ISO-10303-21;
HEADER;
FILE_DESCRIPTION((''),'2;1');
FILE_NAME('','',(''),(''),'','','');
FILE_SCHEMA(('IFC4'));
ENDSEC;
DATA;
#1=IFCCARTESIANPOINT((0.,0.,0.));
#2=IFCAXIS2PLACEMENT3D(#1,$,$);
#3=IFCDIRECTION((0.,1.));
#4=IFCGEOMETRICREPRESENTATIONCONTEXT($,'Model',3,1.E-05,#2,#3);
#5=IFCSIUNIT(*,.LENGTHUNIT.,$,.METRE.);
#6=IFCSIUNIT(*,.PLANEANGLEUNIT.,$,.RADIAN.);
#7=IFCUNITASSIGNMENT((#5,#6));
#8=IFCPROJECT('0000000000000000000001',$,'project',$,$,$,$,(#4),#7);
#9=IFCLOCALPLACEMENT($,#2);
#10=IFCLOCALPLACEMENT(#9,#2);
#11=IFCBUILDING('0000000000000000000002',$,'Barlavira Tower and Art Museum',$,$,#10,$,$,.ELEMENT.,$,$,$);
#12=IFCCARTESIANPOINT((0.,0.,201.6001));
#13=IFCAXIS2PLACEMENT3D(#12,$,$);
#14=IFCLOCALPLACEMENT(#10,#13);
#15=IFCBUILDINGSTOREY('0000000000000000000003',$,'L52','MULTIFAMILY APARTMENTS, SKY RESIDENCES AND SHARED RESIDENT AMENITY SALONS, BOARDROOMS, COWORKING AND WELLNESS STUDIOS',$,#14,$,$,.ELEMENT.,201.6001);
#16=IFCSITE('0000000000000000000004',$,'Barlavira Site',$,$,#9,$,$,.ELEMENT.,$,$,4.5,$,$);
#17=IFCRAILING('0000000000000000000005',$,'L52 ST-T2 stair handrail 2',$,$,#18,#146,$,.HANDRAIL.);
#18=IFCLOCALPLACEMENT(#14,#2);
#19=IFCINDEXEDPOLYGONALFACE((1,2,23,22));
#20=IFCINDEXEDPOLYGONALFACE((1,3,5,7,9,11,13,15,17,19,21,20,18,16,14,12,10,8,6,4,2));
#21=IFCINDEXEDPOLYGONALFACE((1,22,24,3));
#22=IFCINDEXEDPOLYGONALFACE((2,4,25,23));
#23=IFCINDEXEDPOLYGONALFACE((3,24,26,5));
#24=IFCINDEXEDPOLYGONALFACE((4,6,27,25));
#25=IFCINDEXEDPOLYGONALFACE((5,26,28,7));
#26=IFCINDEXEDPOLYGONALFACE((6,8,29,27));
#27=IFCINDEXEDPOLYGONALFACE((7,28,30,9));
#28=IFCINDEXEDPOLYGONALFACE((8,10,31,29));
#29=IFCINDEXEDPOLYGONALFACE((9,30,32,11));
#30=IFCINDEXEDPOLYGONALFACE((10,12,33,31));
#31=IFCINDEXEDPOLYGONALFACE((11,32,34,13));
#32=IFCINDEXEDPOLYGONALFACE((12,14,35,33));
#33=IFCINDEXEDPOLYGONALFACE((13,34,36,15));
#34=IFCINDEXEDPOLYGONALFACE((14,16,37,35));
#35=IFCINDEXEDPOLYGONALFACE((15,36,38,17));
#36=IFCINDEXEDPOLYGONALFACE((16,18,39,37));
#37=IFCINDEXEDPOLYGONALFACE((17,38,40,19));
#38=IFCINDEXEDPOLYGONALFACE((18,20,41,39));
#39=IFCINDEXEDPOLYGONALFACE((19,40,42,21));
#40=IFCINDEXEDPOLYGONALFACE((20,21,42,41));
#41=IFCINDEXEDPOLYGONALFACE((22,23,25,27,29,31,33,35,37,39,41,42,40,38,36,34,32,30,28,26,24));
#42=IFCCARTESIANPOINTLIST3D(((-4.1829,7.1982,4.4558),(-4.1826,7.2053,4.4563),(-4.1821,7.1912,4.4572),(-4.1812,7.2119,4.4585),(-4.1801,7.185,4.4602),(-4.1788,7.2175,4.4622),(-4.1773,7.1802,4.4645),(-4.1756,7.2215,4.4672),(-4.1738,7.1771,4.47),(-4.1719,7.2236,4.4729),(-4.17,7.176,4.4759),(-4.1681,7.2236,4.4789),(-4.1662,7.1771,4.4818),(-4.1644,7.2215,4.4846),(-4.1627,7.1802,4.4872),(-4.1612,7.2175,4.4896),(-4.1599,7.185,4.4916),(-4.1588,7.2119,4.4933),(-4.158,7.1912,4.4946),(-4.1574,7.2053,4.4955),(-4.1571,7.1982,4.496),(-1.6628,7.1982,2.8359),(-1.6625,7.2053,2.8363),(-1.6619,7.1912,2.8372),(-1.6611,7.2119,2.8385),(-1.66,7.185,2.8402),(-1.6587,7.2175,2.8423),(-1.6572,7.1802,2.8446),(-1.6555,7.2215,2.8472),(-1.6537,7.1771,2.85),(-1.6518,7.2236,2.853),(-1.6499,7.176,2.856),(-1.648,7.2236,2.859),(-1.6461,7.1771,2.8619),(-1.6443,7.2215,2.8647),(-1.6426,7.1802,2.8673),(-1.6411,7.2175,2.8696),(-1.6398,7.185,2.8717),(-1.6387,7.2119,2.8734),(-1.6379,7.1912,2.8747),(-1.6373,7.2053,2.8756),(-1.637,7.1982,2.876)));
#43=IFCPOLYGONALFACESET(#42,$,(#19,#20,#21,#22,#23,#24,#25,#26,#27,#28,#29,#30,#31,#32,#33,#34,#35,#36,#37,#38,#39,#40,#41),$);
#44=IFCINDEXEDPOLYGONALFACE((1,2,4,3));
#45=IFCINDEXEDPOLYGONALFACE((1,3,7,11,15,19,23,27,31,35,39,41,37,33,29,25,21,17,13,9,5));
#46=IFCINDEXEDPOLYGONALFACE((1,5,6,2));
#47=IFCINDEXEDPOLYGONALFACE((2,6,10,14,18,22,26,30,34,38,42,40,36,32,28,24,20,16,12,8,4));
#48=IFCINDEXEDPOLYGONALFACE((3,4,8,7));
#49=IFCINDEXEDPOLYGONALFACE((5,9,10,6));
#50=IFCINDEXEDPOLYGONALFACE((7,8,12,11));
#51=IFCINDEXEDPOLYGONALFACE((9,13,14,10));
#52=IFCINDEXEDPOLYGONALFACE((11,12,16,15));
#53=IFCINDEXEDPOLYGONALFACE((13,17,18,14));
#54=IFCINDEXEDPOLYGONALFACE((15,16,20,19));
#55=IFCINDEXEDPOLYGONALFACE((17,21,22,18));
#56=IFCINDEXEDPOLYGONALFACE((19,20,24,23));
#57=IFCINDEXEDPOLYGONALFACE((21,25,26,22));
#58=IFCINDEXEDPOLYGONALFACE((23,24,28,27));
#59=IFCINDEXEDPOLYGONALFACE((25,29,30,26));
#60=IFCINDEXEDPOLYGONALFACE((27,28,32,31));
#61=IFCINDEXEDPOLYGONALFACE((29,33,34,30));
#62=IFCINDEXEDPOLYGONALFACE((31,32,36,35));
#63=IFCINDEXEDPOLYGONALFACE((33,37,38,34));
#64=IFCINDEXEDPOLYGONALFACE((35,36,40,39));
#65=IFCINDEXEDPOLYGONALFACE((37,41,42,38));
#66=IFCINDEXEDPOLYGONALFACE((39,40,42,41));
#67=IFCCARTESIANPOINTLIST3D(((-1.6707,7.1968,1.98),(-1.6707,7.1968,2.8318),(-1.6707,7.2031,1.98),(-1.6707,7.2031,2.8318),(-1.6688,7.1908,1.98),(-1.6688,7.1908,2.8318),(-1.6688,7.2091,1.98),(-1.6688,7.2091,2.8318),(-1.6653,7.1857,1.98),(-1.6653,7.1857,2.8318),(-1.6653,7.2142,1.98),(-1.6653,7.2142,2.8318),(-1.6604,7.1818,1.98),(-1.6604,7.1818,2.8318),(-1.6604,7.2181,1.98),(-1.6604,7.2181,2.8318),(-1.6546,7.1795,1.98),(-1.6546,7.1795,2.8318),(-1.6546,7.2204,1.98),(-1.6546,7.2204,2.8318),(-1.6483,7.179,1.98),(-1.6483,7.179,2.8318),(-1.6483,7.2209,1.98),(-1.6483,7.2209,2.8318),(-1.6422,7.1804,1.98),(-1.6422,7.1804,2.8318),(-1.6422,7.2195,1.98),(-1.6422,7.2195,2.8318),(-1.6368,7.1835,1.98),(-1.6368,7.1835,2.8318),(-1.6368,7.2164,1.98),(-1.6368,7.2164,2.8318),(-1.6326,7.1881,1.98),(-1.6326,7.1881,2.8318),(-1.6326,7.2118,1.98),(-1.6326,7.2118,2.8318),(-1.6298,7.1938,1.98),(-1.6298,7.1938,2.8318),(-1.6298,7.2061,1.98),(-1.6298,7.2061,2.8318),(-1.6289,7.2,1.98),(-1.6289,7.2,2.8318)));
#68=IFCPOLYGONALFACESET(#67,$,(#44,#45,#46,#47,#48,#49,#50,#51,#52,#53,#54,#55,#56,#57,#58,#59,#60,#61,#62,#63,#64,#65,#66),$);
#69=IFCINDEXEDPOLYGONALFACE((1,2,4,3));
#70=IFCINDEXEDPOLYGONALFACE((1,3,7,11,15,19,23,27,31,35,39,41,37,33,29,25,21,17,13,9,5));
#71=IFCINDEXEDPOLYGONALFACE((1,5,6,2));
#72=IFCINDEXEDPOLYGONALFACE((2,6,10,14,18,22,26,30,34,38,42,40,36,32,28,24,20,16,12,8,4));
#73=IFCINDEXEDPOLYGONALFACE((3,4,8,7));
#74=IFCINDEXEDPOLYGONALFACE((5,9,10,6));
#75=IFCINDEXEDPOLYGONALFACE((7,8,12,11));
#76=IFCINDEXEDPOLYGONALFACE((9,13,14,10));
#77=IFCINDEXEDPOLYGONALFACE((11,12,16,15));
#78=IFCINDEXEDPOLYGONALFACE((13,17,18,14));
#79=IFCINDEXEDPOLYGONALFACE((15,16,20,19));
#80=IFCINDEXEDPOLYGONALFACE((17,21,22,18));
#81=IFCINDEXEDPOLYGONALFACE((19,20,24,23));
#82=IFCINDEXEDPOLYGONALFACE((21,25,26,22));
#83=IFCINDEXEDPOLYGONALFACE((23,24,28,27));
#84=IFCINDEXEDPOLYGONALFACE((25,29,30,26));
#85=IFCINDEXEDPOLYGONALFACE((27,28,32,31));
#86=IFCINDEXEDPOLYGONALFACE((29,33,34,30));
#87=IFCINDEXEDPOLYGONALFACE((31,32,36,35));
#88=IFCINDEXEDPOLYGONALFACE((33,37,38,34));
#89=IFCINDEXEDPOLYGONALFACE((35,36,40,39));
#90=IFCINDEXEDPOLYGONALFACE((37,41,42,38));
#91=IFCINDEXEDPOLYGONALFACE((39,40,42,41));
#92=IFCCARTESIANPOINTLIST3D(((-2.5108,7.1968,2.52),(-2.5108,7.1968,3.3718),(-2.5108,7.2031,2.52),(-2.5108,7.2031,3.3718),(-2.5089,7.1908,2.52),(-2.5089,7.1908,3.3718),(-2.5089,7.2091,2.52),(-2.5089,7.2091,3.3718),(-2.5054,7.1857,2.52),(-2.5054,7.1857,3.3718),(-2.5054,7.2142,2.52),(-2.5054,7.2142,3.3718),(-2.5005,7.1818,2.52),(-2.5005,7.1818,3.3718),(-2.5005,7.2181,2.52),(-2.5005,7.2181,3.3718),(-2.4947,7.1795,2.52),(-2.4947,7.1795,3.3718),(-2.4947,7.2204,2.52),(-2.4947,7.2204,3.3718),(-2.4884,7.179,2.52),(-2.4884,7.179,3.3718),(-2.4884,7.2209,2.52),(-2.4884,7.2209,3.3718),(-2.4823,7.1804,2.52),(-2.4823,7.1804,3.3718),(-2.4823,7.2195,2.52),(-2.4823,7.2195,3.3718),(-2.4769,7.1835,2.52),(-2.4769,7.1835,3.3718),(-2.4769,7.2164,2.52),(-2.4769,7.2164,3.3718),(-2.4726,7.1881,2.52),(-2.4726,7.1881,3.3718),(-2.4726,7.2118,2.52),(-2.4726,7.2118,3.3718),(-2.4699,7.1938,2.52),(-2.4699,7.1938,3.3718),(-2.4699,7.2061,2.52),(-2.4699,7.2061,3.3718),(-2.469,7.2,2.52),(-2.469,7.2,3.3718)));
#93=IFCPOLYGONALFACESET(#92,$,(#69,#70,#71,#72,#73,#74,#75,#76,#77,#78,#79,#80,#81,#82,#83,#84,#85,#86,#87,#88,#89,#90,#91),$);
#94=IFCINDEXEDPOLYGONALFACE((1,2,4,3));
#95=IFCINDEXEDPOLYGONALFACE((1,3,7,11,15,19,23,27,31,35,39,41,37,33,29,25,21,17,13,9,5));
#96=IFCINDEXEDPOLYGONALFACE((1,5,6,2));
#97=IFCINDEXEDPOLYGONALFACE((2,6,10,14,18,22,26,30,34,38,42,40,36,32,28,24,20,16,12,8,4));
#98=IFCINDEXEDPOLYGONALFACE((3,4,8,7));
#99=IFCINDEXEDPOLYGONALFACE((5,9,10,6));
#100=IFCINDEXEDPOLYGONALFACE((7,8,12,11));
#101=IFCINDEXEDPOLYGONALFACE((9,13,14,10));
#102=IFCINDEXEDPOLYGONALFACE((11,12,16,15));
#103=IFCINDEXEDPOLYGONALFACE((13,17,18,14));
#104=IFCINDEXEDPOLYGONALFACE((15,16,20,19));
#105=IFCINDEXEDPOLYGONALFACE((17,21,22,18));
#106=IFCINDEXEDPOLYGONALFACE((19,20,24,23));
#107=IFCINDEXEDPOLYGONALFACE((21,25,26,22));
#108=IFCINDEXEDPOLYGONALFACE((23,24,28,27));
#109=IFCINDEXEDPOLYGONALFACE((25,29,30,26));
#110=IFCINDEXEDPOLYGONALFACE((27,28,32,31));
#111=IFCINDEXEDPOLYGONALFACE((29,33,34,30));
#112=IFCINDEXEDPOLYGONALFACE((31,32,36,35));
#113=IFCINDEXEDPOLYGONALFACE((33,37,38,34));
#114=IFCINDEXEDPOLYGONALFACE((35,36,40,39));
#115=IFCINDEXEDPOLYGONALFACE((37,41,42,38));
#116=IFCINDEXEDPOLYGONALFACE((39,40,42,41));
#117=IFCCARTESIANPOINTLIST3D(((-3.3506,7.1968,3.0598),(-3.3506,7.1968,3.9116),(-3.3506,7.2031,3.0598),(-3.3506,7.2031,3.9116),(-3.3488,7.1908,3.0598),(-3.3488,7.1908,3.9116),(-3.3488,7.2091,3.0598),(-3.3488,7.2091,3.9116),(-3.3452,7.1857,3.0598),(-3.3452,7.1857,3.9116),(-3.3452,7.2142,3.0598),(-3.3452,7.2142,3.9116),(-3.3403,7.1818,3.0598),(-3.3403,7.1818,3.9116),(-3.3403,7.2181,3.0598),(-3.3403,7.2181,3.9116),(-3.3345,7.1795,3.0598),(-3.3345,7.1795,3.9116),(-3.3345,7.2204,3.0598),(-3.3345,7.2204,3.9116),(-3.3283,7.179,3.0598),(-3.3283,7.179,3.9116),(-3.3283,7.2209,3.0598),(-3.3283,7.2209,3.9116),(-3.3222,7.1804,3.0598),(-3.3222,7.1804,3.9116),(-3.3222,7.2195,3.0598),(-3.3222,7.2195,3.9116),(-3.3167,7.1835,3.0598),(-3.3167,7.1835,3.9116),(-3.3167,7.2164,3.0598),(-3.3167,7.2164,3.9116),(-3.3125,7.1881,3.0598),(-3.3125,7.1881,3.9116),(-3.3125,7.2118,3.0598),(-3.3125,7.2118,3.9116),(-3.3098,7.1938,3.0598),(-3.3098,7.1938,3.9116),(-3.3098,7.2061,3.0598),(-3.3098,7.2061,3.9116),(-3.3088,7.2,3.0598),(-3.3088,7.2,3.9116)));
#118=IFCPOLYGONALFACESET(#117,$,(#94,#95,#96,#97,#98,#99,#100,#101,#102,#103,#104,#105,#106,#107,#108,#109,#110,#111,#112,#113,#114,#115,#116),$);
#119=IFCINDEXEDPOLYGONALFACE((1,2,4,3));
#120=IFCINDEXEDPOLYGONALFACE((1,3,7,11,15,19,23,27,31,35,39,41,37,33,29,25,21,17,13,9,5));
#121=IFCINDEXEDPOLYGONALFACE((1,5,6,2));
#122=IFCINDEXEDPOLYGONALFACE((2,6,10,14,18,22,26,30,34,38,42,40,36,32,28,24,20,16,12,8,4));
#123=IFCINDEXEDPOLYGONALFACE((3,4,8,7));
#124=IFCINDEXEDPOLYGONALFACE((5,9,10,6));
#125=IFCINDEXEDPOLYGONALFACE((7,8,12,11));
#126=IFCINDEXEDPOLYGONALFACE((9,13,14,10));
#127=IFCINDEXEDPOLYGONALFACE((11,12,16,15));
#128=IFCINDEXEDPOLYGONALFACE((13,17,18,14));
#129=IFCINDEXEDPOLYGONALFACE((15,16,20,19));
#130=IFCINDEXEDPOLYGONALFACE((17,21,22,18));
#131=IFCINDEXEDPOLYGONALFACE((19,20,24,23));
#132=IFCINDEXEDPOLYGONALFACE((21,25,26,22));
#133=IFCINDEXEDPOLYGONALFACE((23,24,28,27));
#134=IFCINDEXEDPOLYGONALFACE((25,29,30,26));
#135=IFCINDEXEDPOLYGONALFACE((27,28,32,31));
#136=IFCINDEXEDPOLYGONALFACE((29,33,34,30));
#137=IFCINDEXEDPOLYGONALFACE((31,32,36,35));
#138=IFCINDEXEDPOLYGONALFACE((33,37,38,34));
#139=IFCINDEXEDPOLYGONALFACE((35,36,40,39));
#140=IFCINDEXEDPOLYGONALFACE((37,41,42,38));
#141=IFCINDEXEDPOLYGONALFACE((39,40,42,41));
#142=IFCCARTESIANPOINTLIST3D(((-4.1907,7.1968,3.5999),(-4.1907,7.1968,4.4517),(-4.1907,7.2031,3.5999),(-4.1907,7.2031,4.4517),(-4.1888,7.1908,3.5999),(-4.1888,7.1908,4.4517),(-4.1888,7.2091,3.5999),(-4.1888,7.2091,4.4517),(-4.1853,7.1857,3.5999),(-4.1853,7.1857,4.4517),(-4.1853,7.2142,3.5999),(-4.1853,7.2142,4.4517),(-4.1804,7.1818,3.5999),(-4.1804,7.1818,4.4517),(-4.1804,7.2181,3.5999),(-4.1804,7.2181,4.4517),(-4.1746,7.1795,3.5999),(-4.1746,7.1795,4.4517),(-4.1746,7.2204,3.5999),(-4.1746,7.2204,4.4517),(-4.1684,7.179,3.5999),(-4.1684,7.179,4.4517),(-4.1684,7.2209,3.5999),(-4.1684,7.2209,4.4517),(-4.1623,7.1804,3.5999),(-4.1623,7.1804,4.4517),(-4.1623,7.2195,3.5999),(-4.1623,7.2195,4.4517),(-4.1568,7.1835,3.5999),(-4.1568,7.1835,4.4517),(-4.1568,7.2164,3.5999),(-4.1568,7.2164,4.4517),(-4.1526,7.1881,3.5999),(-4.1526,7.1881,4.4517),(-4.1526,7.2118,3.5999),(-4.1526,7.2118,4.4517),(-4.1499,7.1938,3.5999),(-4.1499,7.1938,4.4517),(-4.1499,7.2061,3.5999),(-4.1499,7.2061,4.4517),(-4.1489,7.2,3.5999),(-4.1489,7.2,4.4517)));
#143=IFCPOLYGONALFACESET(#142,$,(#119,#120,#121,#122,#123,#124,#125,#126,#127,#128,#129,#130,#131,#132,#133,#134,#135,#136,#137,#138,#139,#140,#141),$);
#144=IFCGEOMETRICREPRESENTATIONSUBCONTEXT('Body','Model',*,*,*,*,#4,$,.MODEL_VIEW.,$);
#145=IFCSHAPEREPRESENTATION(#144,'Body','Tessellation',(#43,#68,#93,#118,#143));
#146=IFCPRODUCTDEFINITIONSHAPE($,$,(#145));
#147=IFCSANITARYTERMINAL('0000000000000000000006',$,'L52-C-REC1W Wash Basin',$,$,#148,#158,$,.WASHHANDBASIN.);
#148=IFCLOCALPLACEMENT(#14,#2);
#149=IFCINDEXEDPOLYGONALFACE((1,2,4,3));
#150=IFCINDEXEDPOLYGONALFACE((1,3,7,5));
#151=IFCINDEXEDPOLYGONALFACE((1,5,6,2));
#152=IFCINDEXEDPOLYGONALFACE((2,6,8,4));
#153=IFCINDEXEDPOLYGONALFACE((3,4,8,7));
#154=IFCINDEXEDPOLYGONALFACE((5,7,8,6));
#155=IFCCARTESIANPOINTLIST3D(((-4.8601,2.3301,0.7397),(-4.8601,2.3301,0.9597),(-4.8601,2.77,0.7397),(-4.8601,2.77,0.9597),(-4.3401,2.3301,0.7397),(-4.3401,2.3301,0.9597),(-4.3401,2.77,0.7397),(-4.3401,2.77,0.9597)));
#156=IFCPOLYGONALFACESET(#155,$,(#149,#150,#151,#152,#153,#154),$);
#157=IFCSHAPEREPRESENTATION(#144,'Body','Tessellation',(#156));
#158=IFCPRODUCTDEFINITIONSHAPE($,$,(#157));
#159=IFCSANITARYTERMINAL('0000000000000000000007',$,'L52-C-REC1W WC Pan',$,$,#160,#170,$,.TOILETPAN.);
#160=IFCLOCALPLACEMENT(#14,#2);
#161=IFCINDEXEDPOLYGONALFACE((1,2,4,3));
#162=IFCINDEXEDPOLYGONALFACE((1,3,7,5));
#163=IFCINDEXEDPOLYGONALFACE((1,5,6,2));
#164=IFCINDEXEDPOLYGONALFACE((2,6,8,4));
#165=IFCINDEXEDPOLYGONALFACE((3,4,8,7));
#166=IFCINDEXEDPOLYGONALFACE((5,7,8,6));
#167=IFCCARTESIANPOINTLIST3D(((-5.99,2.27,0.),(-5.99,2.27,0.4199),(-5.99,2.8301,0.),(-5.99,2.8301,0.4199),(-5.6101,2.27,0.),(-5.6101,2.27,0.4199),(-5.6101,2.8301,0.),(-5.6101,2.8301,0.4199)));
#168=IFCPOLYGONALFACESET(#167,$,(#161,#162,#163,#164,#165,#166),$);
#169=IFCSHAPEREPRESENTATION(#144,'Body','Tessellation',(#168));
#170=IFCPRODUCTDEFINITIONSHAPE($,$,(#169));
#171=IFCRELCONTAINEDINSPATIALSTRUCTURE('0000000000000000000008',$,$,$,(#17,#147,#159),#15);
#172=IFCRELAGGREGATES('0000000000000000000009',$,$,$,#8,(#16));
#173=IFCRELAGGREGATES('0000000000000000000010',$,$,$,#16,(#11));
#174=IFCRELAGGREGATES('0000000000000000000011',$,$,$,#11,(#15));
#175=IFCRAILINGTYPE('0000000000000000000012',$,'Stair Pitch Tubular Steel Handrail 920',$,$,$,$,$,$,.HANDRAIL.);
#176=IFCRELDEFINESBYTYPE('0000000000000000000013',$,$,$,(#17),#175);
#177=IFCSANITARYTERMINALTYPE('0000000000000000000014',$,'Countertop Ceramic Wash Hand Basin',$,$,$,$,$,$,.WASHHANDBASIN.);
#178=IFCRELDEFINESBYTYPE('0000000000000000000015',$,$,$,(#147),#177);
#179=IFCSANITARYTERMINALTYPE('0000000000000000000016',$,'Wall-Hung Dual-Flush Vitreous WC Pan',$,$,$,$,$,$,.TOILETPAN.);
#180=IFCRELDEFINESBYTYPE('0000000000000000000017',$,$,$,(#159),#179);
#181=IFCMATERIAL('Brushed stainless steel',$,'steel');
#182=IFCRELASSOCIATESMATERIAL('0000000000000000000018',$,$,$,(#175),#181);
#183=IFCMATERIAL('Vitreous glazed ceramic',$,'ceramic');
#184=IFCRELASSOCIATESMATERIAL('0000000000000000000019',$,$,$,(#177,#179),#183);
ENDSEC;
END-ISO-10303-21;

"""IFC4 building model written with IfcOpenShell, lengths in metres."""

from ifc_helpers import new_model, si_unit, direction, frame, origin, origin_2d, place, context, subcontext, project, spatial, rectangle, circle, extrude, material, type_object, element, save


model = new_model("IFC4")

# Units and contexts
model_context = context("Model", 3, precision=1e-05, world=origin(), true_north=direction((0.0, 1.0)))
body_context = subcontext(model_context, "Body", "Model", "MODEL_VIEW")
ifc_project = project(units=[si_unit("LENGTHUNIT", "METRE"), si_unit("PLANEANGLEUNIT", "RADIAN")], contexts=[model_context])

# Site, building, storey
site_placement = place(None, origin())
site = spatial("IfcSite", under=ifc_project, at=site_placement, Name="Barlavira Site", CompositionType="ELEMENT", RefElevation=4.5)
building_placement = place(site_placement, origin())
building = spatial("IfcBuilding", under=site, at=building_placement, Name="Barlavira Tower and Art Museum", CompositionType="ELEMENT")
storey_placement = place(building_placement, frame((0.0, 0.0, 201.6001)))
storey = spatial("IfcBuildingStorey", under=building, at=storey_placement, Name="L52", Description="MULTIFAMILY APARTMENTS, SKY RESIDENCES AND SHARED RESIDENT AMENITY SALONS, BOARDROOMS, COWORKING AND WELLNESS STUDIOS", CompositionType="ELEMENT", Elevation=201.6001)

# Shared definitions
ifc_material_1 = material(Name="Brushed stainless steel", Category="steel")

# Railing
railing_type_1 = type_object("IfcRailingType", Name="Stair Pitch Tubular Steel Handrail 920", PredefinedType="HANDRAIL", material=ifc_material_1)
railing_1_placement = place(storey_placement, frame((-1.6499, 7.2, 1.98)))
element("IfcRailing", 1, at=railing_1_placement, inside=storey, type_object=railing_type_1, Name="L52 ST-T2 stair handrail 2", PredefinedType="HANDRAIL", context=body_context, shape_type="SweptSolid", body=[
    extrude(circle(Radius=0.0239, at=origin_2d()), frame((0.0, 0.0, 0.876), z_axis=(-0.8412, 0.0, 0.540725), x_axis=(0.0, -1.0, 0.0)), (0.0, 0.0, 1.0), 2.9958),
    extrude(circle(Radius=0.021, at=origin_2d()), origin(), (0.0, 0.0, 1.0), 0.8518),
    extrude(circle(Radius=0.021, at=origin_2d()), frame((-0.8401, 0.0, 0.54)), (0.0, 0.0, 1.0), 0.8518),
    extrude(circle(Radius=0.021, at=origin_2d()), frame((-1.6799, 0.0, 1.0798)), (0.0, 0.0, 1.0), 0.8518),
    extrude(circle(Radius=0.021, at=origin_2d()), frame((-2.52, 0.0, 1.6199)), (0.0, 0.0, 1.0), 0.8518),
])

# Sanitary terminals
ifc_material_2 = material(Name="Vitreous glazed ceramic", Category="ceramic")
sanitary_terminal_type_1 = type_object("IfcSanitaryTerminalType", Name="Countertop Ceramic Wash Hand Basin", PredefinedType="WASHHANDBASIN", material=ifc_material_2)
sanitary_terminal_1_placement = place(storey_placement, frame((-4.6001, 2.55, 0.7397), z_axis=(0.0, 0.0, 1.0), x_axis=(1.0, 0.0, 0.0)))
element("IfcSanitaryTerminal", 2, at=sanitary_terminal_1_placement, inside=storey, type_object=sanitary_terminal_type_1, Name="L52-C-REC1W Wash Basin", PredefinedType="WASHHANDBASIN", context=body_context, shape_type="SweptSolid", body=[
    extrude(rectangle(XDim=0.52, YDim=0.4399, at=origin_2d()), origin(), (0.0, 0.0, 1.0), 0.22),
])
sanitary_terminal_type_2 = type_object("IfcSanitaryTerminalType", Name="Wall-Hung Dual-Flush Vitreous WC Pan", PredefinedType="TOILETPAN", material=ifc_material_2)
sanitary_terminal_2_placement = place(storey_placement, frame((-5.8, 2.55, 0.0), z_axis=(0.0, 0.0, 1.0), x_axis=(1.0, 0.0, 0.0)))
element("IfcSanitaryTerminal", 3, at=sanitary_terminal_2_placement, inside=storey, type_object=sanitary_terminal_type_2, Name="L52-C-REC1W WC Pan", PredefinedType="TOILETPAN", context=body_context, shape_type="SweptSolid", body=[
    extrude(rectangle(XDim=0.3799, YDim=0.5601, at=origin_2d()), origin(), (0.0, 0.0, 1.0), 0.4199),
])

save(model, "model.ifc")
